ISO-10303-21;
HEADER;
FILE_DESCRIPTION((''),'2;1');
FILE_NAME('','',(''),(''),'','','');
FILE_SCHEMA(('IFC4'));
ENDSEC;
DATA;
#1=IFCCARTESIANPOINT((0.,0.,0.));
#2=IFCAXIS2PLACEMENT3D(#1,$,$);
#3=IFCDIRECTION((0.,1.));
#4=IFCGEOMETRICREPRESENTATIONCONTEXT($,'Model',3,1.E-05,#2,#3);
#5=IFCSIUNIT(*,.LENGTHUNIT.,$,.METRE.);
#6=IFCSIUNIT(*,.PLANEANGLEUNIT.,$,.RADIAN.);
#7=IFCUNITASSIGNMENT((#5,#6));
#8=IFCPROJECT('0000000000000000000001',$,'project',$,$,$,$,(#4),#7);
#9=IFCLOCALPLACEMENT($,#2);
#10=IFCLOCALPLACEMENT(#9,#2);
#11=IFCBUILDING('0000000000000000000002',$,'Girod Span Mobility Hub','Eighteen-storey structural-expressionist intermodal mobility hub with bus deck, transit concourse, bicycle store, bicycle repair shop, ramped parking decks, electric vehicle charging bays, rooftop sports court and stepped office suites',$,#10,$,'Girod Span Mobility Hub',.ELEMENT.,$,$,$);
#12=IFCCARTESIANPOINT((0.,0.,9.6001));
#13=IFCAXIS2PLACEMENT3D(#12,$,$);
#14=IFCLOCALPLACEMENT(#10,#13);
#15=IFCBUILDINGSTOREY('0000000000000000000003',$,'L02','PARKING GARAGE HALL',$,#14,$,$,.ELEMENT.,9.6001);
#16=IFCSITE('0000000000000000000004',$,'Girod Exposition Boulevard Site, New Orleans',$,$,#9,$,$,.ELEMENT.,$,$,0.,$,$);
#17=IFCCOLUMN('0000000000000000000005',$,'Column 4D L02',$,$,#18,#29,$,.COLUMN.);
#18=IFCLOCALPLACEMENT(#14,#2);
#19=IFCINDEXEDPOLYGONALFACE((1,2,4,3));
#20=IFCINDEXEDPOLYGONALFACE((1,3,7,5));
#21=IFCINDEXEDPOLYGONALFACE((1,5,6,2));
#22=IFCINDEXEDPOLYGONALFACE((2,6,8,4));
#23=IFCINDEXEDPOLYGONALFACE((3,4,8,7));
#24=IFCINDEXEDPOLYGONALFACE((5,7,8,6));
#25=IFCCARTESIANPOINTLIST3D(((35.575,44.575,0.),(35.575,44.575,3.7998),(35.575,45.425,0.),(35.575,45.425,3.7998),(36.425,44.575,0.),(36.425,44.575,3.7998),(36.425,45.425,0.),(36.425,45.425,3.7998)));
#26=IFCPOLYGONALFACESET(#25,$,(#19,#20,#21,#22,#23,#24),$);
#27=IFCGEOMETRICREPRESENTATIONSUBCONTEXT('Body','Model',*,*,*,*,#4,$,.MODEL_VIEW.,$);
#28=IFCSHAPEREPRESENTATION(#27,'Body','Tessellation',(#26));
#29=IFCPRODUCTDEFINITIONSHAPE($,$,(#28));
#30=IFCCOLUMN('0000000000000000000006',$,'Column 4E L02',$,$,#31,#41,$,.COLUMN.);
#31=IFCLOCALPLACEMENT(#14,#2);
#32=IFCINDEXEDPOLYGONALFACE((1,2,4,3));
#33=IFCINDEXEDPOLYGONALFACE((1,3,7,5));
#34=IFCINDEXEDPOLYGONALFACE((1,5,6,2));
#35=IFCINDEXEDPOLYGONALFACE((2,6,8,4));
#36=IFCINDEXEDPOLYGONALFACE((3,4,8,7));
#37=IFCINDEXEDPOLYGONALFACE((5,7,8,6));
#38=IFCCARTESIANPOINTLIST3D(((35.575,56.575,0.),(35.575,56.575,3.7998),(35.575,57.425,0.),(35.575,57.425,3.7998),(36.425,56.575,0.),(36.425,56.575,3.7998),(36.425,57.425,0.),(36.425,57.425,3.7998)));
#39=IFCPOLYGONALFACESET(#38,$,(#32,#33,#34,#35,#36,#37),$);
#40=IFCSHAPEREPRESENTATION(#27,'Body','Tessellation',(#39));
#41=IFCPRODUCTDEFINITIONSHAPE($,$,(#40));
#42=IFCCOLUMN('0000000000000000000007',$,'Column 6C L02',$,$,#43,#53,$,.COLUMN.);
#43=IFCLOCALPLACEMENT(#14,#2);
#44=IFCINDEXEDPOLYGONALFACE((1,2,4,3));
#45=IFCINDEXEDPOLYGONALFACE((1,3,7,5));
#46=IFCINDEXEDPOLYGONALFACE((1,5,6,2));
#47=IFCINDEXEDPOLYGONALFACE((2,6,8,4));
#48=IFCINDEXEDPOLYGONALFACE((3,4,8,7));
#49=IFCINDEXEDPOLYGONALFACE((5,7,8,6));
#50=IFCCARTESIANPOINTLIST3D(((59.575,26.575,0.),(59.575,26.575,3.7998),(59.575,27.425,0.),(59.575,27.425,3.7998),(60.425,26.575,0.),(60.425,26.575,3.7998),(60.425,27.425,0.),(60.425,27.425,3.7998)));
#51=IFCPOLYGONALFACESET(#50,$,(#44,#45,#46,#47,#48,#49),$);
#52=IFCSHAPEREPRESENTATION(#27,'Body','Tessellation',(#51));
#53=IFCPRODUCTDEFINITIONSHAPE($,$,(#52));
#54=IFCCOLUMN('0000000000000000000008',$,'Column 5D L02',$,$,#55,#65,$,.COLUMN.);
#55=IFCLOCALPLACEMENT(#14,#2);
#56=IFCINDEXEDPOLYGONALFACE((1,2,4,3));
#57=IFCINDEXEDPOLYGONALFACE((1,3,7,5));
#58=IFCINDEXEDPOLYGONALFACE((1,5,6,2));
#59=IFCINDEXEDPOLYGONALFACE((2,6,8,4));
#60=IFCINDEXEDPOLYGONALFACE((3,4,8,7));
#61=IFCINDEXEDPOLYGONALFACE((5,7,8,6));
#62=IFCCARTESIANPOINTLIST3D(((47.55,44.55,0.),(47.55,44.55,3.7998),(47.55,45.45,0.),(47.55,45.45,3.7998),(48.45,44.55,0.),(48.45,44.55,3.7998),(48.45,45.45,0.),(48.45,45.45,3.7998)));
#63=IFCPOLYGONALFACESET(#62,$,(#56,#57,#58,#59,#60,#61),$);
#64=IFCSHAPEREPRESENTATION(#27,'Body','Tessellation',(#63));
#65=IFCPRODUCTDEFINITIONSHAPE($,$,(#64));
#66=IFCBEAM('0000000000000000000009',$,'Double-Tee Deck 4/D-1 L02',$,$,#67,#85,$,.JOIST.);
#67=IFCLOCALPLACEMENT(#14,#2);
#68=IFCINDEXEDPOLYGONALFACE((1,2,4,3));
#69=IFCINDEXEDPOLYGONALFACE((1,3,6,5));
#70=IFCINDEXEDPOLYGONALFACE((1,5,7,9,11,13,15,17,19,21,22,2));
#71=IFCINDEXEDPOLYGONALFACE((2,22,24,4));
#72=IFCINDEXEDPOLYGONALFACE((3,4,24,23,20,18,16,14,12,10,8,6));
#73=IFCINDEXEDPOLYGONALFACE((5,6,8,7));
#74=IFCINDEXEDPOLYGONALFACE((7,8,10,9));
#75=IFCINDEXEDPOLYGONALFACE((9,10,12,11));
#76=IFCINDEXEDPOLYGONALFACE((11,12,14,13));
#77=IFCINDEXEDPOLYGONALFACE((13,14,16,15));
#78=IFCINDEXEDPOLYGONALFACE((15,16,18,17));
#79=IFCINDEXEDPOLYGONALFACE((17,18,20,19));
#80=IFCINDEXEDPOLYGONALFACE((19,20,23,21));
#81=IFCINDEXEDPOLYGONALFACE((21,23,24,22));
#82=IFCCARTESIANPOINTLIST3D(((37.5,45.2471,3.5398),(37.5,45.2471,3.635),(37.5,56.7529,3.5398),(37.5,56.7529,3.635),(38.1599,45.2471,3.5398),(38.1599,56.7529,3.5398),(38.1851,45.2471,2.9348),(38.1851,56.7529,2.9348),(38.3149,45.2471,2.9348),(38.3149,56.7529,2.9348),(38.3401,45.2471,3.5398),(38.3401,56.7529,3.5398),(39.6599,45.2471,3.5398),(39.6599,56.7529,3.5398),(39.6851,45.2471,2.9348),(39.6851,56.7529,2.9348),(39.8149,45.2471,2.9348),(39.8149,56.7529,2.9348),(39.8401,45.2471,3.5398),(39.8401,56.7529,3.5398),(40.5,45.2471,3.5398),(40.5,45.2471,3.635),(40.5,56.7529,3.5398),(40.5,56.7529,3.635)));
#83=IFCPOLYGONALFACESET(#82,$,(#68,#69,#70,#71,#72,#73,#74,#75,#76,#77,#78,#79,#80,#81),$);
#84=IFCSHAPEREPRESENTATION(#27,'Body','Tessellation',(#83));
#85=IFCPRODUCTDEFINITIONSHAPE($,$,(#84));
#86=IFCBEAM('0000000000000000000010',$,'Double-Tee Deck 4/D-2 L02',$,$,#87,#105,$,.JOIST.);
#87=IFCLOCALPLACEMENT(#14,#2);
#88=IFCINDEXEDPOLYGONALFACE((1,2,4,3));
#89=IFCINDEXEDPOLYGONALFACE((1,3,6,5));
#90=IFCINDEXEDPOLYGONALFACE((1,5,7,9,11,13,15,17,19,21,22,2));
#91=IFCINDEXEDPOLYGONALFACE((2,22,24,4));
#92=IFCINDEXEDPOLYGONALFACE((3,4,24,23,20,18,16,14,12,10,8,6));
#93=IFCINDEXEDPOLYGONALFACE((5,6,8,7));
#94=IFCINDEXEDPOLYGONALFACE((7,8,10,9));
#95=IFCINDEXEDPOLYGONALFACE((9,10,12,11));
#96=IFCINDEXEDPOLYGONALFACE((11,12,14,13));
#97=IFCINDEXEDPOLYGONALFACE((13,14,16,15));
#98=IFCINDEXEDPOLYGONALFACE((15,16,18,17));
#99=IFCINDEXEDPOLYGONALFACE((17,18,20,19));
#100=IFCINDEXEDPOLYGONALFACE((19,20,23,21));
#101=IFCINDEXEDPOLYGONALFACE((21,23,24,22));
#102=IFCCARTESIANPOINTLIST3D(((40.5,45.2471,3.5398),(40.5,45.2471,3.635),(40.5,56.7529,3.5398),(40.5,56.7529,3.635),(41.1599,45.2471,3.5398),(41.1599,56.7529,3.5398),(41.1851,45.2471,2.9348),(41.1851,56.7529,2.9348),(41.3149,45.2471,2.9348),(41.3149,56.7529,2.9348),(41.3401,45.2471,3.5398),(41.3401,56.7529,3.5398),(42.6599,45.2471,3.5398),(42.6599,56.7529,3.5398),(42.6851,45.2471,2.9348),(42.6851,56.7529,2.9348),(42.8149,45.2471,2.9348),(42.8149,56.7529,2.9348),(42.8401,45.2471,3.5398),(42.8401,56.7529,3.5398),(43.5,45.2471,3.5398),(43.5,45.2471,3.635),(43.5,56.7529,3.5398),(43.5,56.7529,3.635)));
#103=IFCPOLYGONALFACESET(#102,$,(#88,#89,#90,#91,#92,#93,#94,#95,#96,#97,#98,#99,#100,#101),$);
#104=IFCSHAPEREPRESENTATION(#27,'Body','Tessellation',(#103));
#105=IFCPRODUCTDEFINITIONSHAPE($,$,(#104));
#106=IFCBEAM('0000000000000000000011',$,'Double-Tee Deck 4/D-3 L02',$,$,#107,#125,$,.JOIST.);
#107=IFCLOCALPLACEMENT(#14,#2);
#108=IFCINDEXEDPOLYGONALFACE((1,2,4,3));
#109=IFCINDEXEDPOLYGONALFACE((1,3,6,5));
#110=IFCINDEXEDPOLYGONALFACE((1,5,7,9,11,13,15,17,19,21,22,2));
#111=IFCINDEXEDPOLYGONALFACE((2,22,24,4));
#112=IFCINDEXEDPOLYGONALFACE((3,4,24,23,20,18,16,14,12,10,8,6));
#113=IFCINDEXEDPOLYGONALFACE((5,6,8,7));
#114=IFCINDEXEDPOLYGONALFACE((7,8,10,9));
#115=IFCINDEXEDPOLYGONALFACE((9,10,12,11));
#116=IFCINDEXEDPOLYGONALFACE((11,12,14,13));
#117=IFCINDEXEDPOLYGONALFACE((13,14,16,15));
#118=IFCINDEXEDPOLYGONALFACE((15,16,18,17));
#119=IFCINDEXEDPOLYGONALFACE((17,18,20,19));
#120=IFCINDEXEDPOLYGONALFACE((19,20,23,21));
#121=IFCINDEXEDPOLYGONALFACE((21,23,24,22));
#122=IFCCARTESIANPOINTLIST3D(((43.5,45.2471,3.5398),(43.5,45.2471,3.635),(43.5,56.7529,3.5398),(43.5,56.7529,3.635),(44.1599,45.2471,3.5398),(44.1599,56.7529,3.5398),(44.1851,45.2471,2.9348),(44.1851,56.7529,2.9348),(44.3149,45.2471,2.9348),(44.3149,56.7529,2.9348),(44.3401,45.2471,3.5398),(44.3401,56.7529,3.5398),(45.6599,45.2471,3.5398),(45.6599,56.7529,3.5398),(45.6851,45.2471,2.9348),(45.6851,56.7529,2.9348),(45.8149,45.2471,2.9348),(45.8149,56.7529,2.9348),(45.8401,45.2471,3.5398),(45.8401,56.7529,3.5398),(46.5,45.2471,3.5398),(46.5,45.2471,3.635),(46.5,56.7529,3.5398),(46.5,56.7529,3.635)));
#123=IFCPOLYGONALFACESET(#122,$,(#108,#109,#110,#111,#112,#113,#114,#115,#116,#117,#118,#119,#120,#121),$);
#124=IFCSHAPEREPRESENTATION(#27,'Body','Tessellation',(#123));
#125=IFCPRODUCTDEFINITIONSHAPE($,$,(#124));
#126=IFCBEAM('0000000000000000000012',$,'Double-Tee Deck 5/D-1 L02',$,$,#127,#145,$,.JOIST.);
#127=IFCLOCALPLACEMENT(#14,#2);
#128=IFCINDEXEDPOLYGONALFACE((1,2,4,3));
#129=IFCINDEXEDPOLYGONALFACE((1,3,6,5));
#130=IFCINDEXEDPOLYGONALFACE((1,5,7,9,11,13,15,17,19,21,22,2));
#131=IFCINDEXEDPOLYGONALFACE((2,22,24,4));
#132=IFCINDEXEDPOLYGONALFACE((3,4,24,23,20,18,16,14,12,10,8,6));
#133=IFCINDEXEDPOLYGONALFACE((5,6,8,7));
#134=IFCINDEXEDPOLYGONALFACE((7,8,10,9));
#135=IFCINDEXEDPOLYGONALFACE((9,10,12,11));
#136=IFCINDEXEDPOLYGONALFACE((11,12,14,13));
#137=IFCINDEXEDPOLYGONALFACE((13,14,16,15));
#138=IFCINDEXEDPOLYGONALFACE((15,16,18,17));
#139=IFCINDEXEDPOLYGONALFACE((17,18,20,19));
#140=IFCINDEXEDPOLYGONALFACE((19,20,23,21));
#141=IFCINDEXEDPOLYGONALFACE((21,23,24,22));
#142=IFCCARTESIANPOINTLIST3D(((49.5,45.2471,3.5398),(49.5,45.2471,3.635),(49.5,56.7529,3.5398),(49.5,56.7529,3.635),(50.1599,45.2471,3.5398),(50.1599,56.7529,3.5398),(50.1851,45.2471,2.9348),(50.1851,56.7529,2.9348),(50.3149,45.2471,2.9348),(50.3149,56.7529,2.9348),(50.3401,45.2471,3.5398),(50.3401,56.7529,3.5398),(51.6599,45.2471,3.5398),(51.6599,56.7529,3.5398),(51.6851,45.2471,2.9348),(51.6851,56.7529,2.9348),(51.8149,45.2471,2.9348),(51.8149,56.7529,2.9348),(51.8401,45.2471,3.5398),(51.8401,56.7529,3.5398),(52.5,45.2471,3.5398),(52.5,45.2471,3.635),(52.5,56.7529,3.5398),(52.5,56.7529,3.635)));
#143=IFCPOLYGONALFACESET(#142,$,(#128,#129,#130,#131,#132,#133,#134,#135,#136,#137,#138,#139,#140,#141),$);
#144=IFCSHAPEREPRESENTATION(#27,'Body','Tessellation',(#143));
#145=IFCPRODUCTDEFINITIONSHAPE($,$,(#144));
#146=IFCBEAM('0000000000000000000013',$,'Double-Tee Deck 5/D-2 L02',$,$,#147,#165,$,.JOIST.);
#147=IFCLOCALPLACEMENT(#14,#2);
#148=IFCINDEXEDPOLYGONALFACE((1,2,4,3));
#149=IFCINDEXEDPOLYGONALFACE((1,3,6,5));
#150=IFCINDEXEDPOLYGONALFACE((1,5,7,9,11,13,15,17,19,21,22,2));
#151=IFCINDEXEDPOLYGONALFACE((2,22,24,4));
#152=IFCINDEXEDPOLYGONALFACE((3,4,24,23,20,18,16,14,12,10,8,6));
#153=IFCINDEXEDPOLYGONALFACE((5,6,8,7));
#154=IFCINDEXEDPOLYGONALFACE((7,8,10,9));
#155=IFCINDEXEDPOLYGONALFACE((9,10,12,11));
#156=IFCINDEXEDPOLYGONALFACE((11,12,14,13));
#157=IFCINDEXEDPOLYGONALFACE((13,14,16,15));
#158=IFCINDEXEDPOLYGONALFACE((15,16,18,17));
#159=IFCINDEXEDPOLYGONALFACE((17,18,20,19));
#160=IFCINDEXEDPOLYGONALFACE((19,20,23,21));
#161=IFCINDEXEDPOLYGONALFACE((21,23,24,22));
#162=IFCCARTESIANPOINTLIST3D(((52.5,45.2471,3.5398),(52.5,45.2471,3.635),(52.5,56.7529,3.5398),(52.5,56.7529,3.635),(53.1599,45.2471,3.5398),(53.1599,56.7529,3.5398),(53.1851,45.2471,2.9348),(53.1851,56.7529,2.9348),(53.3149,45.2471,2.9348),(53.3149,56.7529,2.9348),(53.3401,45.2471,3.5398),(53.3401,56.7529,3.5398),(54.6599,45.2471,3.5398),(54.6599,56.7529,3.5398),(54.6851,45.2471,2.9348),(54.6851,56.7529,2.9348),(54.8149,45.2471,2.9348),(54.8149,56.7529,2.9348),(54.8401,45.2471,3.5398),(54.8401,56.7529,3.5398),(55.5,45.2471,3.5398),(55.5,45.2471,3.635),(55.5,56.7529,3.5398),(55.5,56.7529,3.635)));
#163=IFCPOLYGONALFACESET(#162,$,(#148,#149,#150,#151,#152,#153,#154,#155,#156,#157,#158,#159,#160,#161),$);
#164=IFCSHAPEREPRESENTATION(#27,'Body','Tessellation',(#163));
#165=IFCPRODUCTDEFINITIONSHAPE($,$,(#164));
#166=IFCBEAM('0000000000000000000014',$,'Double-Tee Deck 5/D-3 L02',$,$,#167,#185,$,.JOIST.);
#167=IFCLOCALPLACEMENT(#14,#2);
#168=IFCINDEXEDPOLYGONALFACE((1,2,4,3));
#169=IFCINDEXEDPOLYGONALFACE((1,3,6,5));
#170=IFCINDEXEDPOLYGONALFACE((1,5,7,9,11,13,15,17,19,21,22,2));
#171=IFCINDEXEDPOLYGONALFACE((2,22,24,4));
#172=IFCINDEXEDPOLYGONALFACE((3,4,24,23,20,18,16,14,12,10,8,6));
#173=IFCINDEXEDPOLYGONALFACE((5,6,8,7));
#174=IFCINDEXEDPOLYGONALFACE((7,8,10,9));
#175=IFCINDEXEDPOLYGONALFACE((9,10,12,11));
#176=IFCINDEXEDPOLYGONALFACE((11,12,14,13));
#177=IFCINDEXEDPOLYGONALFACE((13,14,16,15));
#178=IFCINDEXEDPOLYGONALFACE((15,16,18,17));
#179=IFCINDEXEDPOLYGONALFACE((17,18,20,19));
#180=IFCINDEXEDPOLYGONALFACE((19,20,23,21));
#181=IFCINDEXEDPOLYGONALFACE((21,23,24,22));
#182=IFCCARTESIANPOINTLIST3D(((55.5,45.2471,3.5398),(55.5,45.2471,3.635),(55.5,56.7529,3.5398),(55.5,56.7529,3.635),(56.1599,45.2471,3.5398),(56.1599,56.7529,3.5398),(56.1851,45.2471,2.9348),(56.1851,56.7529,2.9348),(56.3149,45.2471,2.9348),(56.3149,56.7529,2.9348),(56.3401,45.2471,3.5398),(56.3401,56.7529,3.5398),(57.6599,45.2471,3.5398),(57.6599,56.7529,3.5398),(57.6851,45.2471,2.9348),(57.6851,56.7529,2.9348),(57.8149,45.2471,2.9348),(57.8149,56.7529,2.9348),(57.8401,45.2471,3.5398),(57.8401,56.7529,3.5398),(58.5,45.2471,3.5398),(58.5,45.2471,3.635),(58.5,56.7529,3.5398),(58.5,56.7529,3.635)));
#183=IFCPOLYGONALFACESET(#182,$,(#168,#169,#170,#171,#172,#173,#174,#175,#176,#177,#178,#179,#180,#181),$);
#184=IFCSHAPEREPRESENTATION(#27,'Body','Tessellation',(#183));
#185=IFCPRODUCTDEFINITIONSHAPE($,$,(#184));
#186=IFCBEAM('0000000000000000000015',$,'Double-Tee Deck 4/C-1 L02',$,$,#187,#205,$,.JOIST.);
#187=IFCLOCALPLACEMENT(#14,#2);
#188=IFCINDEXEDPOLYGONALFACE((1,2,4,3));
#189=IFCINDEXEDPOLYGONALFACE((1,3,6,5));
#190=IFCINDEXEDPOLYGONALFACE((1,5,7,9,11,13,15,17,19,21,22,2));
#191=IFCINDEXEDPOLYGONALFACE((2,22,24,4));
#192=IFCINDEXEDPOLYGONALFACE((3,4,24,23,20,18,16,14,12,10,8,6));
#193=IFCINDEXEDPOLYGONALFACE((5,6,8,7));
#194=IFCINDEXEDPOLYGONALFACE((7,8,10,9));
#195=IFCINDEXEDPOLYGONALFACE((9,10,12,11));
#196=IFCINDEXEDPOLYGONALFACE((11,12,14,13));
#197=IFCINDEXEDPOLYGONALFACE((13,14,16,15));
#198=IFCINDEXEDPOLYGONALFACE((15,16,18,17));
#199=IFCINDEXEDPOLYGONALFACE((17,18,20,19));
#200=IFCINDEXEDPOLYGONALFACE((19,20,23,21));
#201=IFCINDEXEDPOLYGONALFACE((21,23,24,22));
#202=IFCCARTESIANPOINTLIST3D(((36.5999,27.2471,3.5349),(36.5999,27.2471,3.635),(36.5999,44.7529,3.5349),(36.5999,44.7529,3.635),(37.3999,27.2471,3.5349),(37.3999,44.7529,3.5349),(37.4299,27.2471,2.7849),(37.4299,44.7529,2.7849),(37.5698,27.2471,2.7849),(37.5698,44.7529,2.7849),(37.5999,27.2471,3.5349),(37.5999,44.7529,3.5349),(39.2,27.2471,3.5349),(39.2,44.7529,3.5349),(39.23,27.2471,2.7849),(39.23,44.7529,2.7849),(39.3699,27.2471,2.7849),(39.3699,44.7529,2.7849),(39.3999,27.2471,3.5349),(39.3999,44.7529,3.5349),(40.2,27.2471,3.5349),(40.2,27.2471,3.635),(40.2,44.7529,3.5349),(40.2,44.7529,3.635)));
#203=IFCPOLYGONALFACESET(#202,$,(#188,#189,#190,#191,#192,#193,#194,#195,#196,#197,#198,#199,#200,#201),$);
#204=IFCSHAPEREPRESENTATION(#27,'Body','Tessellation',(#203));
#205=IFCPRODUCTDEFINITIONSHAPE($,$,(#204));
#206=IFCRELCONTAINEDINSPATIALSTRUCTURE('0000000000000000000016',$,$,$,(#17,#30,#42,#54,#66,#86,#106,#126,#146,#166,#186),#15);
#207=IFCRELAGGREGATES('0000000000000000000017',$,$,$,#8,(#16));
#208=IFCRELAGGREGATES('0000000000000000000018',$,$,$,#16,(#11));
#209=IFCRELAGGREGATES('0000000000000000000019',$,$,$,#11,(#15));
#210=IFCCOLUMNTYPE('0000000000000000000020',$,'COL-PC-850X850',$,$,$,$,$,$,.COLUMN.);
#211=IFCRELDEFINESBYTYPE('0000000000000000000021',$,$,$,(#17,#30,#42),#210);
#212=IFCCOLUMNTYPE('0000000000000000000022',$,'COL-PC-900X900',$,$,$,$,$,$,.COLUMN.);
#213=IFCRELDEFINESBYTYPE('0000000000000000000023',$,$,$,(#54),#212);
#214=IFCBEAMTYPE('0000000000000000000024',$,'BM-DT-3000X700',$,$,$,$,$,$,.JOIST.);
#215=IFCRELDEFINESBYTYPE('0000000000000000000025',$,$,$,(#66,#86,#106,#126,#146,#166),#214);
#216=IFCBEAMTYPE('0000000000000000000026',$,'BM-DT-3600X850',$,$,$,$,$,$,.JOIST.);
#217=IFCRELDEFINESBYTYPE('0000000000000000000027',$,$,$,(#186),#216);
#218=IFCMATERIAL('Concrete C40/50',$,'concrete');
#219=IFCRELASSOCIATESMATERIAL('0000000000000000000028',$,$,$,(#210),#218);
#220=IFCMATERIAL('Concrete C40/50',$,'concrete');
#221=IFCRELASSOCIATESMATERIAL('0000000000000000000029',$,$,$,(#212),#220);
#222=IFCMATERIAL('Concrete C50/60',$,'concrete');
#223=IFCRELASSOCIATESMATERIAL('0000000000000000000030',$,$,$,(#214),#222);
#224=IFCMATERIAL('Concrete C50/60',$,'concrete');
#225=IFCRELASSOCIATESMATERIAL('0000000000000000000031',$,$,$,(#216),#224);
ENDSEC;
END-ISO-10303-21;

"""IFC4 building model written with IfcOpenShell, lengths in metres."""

from ifc_helpers import new_model, si_unit, direction, frame, origin, origin_2d, place, context, subcontext, project, spatial, polyline, rectangle, outline, extrude, material, material_profile, profile_set, type_object, element, save


model = new_model("IFC4")

# Units and contexts
model_context = context("Model", 3, precision=1e-05, world=origin(), true_north=direction((0.0, 1.0)))
body_context = subcontext(model_context, "Body", "Model", "MODEL_VIEW")
ifc_project = project(units=[si_unit("LENGTHUNIT", "METRE"), si_unit("PLANEANGLEUNIT", "RADIAN")], contexts=[model_context])

# Site, building, storey
site_placement = place(None, origin())
site = spatial("IfcSite", under=ifc_project, at=site_placement, Name="Girod Exposition Boulevard Site, New Orleans", CompositionType="ELEMENT", RefElevation=0.0)
building_placement = place(site_placement, origin())
building = spatial("IfcBuilding", under=site, at=building_placement, Name="Girod Span Mobility Hub", Description="Eighteen-storey structural-expressionist intermodal mobility hub with bus deck, transit concourse, bicycle store, bicycle repair shop, ramped parking decks, electric vehicle charging bays, rooftop sports court and stepped office suites", LongName="Girod Span Mobility Hub", CompositionType="ELEMENT")
storey_placement = place(building_placement, frame((0.0, 0.0, 9.6001)))
storey = spatial("IfcBuildingStorey", under=building, at=storey_placement, Name="L02", Description="PARKING GARAGE HALL", CompositionType="ELEMENT", Elevation=9.6001)

# Columns
ifc_material_1 = material(Name="Concrete C40/50", Category="concrete")
ifc_material_profile_1 = material_profile(ifc_material_1, rectangle(XDim=0.8501, YDim=0.8501, at=origin_2d()), Name="PC-COL-850X850")
ifc_profile_set_1 = profile_set([ifc_material_profile_1], Name="Concrete C40/50")
column_type_1 = type_object("IfcColumnType", Name="COL-PC-850X850", PredefinedType="COLUMN", material=ifc_profile_set_1)
for number, where, z_axis, x_axis, name in (
    (1, (36.0, 45.0, 0.0), (0.0, 0.0, 1.0), (1.0, 0.0, 0.0), "Column 4D L02"),
    (2, (36.0, 57.0, 0.0), (0.0, 0.0, 1.0), (1.0, 0.0, 0.0), "Column 4E L02"),
    (3, (60.0, 27.0, 0.0), (0.0, 0.0, 1.0), (1.0, 0.0, 0.0), "Column 6C L02"),
):
    element("IfcColumn", number, at=place(storey_placement, frame(where, z_axis=z_axis, x_axis=x_axis)), inside=storey, type_object=column_type_1, Name=name, PredefinedType="COLUMN", context=body_context, shape_type="SweptSolid", body=[
        extrude(rectangle(XDim=0.8501, YDim=0.8501, at=origin_2d()), origin(), (0.0, 0.0, 1.0), 3.7998),
    ])
ifc_material_2 = material(Name="Concrete C40/50", Category="concrete")
ifc_material_profile_2 = material_profile(ifc_material_2, rectangle(XDim=0.8999, YDim=0.8999, at=origin_2d()), Name="PC-COL-900X900")
ifc_profile_set_2 = profile_set([ifc_material_profile_2], Name="Concrete C40/50")
column_type_2 = type_object("IfcColumnType", Name="COL-PC-900X900", PredefinedType="COLUMN", material=ifc_profile_set_2)
column_placement = place(storey_placement, frame((48.0, 45.0, 0.0), z_axis=(0.0, 0.0, 1.0), x_axis=(1.0, 0.0, 0.0)))
element("IfcColumn", 4, at=column_placement, inside=storey, type_object=column_type_2, Name="Column 5D L02", PredefinedType="COLUMN", context=body_context, shape_type="SweptSolid", body=[
    extrude(rectangle(XDim=0.8999, YDim=0.8999, at=origin_2d()), origin(), (0.0, 0.0, 1.0), 3.7998),
])

# Beams
ifc_material_3 = material(Name="Concrete C50/60", Category="concrete")
ifc_material_profile_3 = material_profile(ifc_material_3, outline(polyline([(-1.5, 0.3501), (-1.5, 0.2549), (-0.8401, 0.2549), (-0.8149, -0.3501), (-0.6851, -0.3501), (-0.6599, 0.2549), (0.6599, 0.2549), (0.6851, -0.3501), (0.8149, -0.3501), (0.8401, 0.2549), (1.5, 0.2549), (1.5, 0.3501), (-1.5, 0.3501)])), Name="DT-3000X700")
ifc_profile_set_3 = profile_set([ifc_material_profile_3], Name="Concrete C50/60")
beam_type_1 = type_object("IfcBeamType", Name="BM-DT-3000X700", PredefinedType="JOIST", material=ifc_profile_set_3)
for number, where, z_axis, x_axis, name in (
    (5, (39.0, 45.2471, 3.2849), (0.0, 1.0, 0.0), (-1.0, 0.0, 0.0), "Double-Tee Deck 4/D-1 L02"),
    (6, (42.0, 45.2471, 3.2849), (0.0, 1.0, 0.0), (-1.0, 0.0, 0.0), "Double-Tee Deck 4/D-2 L02"),
    (7, (45.0, 45.2471, 3.2849), (0.0, 1.0, 0.0), (-1.0, 0.0, 0.0), "Double-Tee Deck 4/D-3 L02"),
    (8, (51.0, 45.2471, 3.2849), (0.0, 1.0, 0.0), (-1.0, 0.0, 0.0), "Double-Tee Deck 5/D-1 L02"),
    (9, (54.0, 45.2471, 3.2849), (0.0, 1.0, 0.0), (-1.0, 0.0, 0.0), "Double-Tee Deck 5/D-2 L02"),
    (10, (57.0, 45.2471, 3.2849), (0.0, 1.0, 0.0), (-1.0, 0.0, 0.0), "Double-Tee Deck 5/D-3 L02"),
):
    element("IfcBeam", number, at=place(storey_placement, frame(where, z_axis=z_axis, x_axis=x_axis)), inside=storey, type_object=beam_type_1, Name=name, PredefinedType="JOIST", context=body_context, shape_type="SweptSolid", body=[
        extrude(outline(polyline([(-1.5, 0.3501), (-1.5, 0.2549), (-0.8401, 0.2549), (-0.8149, -0.3501), (-0.6851, -0.3501), (-0.6599, 0.2549), (0.6599, 0.2549), (0.6851, -0.3501), (0.8149, -0.3501), (0.8401, 0.2549), (1.5, 0.2549), (1.5, 0.3501), (-1.5, 0.3501)])), origin(), (0.0, 0.0, 1.0), 11.5059),
    ])
ifc_material_4 = material(Name="Concrete C50/60", Category="concrete")
ifc_material_profile_4 = material_profile(ifc_material_4, outline(polyline([(-1.8, 0.425), (-1.8, 0.325), (-1.0, 0.325), (-0.97, -0.425), (-0.8301, -0.425), (-0.8, 0.325), (0.8, 0.325), (0.8301, -0.425), (0.97, -0.425), (1.0, 0.325), (1.8, 0.325), (1.8, 0.425), (-1.8, 0.425)])), Name="DT-3600X850")
ifc_profile_set_4 = profile_set([ifc_material_profile_4], Name="Concrete C50/60")
beam_type_2 = type_object("IfcBeamType", Name="BM-DT-3600X850", PredefinedType="JOIST", material=ifc_profile_set_4)
for number, where, z_axis, x_axis, name in (
    (11, (38.3999, 27.2471, 3.21), (0.0, 1.0, 0.0), (-1.0, 0.0, 0.0), "Double-Tee Deck 4/C-1 L02"),
):
    element("IfcBeam", number, at=place(storey_placement, frame(where, z_axis=z_axis, x_axis=x_axis)), inside=storey, type_object=beam_type_2, Name=name, PredefinedType="JOIST", context=body_context, shape_type="SweptSolid", body=[
        extrude(outline(polyline([(-1.8, 0.425), (-1.8, 0.325), (-1.0, 0.325), (-0.97, -0.425), (-0.8301, -0.425), (-0.8, 0.325), (0.8, 0.325), (0.8301, -0.425), (0.97, -0.425), (1.0, 0.325), (1.8, 0.325), (1.8, 0.425), (-1.8, 0.425)])), origin(), (0.0, 0.0, 1.0), 17.5059),
    ])

save(model, "model.ifc")
